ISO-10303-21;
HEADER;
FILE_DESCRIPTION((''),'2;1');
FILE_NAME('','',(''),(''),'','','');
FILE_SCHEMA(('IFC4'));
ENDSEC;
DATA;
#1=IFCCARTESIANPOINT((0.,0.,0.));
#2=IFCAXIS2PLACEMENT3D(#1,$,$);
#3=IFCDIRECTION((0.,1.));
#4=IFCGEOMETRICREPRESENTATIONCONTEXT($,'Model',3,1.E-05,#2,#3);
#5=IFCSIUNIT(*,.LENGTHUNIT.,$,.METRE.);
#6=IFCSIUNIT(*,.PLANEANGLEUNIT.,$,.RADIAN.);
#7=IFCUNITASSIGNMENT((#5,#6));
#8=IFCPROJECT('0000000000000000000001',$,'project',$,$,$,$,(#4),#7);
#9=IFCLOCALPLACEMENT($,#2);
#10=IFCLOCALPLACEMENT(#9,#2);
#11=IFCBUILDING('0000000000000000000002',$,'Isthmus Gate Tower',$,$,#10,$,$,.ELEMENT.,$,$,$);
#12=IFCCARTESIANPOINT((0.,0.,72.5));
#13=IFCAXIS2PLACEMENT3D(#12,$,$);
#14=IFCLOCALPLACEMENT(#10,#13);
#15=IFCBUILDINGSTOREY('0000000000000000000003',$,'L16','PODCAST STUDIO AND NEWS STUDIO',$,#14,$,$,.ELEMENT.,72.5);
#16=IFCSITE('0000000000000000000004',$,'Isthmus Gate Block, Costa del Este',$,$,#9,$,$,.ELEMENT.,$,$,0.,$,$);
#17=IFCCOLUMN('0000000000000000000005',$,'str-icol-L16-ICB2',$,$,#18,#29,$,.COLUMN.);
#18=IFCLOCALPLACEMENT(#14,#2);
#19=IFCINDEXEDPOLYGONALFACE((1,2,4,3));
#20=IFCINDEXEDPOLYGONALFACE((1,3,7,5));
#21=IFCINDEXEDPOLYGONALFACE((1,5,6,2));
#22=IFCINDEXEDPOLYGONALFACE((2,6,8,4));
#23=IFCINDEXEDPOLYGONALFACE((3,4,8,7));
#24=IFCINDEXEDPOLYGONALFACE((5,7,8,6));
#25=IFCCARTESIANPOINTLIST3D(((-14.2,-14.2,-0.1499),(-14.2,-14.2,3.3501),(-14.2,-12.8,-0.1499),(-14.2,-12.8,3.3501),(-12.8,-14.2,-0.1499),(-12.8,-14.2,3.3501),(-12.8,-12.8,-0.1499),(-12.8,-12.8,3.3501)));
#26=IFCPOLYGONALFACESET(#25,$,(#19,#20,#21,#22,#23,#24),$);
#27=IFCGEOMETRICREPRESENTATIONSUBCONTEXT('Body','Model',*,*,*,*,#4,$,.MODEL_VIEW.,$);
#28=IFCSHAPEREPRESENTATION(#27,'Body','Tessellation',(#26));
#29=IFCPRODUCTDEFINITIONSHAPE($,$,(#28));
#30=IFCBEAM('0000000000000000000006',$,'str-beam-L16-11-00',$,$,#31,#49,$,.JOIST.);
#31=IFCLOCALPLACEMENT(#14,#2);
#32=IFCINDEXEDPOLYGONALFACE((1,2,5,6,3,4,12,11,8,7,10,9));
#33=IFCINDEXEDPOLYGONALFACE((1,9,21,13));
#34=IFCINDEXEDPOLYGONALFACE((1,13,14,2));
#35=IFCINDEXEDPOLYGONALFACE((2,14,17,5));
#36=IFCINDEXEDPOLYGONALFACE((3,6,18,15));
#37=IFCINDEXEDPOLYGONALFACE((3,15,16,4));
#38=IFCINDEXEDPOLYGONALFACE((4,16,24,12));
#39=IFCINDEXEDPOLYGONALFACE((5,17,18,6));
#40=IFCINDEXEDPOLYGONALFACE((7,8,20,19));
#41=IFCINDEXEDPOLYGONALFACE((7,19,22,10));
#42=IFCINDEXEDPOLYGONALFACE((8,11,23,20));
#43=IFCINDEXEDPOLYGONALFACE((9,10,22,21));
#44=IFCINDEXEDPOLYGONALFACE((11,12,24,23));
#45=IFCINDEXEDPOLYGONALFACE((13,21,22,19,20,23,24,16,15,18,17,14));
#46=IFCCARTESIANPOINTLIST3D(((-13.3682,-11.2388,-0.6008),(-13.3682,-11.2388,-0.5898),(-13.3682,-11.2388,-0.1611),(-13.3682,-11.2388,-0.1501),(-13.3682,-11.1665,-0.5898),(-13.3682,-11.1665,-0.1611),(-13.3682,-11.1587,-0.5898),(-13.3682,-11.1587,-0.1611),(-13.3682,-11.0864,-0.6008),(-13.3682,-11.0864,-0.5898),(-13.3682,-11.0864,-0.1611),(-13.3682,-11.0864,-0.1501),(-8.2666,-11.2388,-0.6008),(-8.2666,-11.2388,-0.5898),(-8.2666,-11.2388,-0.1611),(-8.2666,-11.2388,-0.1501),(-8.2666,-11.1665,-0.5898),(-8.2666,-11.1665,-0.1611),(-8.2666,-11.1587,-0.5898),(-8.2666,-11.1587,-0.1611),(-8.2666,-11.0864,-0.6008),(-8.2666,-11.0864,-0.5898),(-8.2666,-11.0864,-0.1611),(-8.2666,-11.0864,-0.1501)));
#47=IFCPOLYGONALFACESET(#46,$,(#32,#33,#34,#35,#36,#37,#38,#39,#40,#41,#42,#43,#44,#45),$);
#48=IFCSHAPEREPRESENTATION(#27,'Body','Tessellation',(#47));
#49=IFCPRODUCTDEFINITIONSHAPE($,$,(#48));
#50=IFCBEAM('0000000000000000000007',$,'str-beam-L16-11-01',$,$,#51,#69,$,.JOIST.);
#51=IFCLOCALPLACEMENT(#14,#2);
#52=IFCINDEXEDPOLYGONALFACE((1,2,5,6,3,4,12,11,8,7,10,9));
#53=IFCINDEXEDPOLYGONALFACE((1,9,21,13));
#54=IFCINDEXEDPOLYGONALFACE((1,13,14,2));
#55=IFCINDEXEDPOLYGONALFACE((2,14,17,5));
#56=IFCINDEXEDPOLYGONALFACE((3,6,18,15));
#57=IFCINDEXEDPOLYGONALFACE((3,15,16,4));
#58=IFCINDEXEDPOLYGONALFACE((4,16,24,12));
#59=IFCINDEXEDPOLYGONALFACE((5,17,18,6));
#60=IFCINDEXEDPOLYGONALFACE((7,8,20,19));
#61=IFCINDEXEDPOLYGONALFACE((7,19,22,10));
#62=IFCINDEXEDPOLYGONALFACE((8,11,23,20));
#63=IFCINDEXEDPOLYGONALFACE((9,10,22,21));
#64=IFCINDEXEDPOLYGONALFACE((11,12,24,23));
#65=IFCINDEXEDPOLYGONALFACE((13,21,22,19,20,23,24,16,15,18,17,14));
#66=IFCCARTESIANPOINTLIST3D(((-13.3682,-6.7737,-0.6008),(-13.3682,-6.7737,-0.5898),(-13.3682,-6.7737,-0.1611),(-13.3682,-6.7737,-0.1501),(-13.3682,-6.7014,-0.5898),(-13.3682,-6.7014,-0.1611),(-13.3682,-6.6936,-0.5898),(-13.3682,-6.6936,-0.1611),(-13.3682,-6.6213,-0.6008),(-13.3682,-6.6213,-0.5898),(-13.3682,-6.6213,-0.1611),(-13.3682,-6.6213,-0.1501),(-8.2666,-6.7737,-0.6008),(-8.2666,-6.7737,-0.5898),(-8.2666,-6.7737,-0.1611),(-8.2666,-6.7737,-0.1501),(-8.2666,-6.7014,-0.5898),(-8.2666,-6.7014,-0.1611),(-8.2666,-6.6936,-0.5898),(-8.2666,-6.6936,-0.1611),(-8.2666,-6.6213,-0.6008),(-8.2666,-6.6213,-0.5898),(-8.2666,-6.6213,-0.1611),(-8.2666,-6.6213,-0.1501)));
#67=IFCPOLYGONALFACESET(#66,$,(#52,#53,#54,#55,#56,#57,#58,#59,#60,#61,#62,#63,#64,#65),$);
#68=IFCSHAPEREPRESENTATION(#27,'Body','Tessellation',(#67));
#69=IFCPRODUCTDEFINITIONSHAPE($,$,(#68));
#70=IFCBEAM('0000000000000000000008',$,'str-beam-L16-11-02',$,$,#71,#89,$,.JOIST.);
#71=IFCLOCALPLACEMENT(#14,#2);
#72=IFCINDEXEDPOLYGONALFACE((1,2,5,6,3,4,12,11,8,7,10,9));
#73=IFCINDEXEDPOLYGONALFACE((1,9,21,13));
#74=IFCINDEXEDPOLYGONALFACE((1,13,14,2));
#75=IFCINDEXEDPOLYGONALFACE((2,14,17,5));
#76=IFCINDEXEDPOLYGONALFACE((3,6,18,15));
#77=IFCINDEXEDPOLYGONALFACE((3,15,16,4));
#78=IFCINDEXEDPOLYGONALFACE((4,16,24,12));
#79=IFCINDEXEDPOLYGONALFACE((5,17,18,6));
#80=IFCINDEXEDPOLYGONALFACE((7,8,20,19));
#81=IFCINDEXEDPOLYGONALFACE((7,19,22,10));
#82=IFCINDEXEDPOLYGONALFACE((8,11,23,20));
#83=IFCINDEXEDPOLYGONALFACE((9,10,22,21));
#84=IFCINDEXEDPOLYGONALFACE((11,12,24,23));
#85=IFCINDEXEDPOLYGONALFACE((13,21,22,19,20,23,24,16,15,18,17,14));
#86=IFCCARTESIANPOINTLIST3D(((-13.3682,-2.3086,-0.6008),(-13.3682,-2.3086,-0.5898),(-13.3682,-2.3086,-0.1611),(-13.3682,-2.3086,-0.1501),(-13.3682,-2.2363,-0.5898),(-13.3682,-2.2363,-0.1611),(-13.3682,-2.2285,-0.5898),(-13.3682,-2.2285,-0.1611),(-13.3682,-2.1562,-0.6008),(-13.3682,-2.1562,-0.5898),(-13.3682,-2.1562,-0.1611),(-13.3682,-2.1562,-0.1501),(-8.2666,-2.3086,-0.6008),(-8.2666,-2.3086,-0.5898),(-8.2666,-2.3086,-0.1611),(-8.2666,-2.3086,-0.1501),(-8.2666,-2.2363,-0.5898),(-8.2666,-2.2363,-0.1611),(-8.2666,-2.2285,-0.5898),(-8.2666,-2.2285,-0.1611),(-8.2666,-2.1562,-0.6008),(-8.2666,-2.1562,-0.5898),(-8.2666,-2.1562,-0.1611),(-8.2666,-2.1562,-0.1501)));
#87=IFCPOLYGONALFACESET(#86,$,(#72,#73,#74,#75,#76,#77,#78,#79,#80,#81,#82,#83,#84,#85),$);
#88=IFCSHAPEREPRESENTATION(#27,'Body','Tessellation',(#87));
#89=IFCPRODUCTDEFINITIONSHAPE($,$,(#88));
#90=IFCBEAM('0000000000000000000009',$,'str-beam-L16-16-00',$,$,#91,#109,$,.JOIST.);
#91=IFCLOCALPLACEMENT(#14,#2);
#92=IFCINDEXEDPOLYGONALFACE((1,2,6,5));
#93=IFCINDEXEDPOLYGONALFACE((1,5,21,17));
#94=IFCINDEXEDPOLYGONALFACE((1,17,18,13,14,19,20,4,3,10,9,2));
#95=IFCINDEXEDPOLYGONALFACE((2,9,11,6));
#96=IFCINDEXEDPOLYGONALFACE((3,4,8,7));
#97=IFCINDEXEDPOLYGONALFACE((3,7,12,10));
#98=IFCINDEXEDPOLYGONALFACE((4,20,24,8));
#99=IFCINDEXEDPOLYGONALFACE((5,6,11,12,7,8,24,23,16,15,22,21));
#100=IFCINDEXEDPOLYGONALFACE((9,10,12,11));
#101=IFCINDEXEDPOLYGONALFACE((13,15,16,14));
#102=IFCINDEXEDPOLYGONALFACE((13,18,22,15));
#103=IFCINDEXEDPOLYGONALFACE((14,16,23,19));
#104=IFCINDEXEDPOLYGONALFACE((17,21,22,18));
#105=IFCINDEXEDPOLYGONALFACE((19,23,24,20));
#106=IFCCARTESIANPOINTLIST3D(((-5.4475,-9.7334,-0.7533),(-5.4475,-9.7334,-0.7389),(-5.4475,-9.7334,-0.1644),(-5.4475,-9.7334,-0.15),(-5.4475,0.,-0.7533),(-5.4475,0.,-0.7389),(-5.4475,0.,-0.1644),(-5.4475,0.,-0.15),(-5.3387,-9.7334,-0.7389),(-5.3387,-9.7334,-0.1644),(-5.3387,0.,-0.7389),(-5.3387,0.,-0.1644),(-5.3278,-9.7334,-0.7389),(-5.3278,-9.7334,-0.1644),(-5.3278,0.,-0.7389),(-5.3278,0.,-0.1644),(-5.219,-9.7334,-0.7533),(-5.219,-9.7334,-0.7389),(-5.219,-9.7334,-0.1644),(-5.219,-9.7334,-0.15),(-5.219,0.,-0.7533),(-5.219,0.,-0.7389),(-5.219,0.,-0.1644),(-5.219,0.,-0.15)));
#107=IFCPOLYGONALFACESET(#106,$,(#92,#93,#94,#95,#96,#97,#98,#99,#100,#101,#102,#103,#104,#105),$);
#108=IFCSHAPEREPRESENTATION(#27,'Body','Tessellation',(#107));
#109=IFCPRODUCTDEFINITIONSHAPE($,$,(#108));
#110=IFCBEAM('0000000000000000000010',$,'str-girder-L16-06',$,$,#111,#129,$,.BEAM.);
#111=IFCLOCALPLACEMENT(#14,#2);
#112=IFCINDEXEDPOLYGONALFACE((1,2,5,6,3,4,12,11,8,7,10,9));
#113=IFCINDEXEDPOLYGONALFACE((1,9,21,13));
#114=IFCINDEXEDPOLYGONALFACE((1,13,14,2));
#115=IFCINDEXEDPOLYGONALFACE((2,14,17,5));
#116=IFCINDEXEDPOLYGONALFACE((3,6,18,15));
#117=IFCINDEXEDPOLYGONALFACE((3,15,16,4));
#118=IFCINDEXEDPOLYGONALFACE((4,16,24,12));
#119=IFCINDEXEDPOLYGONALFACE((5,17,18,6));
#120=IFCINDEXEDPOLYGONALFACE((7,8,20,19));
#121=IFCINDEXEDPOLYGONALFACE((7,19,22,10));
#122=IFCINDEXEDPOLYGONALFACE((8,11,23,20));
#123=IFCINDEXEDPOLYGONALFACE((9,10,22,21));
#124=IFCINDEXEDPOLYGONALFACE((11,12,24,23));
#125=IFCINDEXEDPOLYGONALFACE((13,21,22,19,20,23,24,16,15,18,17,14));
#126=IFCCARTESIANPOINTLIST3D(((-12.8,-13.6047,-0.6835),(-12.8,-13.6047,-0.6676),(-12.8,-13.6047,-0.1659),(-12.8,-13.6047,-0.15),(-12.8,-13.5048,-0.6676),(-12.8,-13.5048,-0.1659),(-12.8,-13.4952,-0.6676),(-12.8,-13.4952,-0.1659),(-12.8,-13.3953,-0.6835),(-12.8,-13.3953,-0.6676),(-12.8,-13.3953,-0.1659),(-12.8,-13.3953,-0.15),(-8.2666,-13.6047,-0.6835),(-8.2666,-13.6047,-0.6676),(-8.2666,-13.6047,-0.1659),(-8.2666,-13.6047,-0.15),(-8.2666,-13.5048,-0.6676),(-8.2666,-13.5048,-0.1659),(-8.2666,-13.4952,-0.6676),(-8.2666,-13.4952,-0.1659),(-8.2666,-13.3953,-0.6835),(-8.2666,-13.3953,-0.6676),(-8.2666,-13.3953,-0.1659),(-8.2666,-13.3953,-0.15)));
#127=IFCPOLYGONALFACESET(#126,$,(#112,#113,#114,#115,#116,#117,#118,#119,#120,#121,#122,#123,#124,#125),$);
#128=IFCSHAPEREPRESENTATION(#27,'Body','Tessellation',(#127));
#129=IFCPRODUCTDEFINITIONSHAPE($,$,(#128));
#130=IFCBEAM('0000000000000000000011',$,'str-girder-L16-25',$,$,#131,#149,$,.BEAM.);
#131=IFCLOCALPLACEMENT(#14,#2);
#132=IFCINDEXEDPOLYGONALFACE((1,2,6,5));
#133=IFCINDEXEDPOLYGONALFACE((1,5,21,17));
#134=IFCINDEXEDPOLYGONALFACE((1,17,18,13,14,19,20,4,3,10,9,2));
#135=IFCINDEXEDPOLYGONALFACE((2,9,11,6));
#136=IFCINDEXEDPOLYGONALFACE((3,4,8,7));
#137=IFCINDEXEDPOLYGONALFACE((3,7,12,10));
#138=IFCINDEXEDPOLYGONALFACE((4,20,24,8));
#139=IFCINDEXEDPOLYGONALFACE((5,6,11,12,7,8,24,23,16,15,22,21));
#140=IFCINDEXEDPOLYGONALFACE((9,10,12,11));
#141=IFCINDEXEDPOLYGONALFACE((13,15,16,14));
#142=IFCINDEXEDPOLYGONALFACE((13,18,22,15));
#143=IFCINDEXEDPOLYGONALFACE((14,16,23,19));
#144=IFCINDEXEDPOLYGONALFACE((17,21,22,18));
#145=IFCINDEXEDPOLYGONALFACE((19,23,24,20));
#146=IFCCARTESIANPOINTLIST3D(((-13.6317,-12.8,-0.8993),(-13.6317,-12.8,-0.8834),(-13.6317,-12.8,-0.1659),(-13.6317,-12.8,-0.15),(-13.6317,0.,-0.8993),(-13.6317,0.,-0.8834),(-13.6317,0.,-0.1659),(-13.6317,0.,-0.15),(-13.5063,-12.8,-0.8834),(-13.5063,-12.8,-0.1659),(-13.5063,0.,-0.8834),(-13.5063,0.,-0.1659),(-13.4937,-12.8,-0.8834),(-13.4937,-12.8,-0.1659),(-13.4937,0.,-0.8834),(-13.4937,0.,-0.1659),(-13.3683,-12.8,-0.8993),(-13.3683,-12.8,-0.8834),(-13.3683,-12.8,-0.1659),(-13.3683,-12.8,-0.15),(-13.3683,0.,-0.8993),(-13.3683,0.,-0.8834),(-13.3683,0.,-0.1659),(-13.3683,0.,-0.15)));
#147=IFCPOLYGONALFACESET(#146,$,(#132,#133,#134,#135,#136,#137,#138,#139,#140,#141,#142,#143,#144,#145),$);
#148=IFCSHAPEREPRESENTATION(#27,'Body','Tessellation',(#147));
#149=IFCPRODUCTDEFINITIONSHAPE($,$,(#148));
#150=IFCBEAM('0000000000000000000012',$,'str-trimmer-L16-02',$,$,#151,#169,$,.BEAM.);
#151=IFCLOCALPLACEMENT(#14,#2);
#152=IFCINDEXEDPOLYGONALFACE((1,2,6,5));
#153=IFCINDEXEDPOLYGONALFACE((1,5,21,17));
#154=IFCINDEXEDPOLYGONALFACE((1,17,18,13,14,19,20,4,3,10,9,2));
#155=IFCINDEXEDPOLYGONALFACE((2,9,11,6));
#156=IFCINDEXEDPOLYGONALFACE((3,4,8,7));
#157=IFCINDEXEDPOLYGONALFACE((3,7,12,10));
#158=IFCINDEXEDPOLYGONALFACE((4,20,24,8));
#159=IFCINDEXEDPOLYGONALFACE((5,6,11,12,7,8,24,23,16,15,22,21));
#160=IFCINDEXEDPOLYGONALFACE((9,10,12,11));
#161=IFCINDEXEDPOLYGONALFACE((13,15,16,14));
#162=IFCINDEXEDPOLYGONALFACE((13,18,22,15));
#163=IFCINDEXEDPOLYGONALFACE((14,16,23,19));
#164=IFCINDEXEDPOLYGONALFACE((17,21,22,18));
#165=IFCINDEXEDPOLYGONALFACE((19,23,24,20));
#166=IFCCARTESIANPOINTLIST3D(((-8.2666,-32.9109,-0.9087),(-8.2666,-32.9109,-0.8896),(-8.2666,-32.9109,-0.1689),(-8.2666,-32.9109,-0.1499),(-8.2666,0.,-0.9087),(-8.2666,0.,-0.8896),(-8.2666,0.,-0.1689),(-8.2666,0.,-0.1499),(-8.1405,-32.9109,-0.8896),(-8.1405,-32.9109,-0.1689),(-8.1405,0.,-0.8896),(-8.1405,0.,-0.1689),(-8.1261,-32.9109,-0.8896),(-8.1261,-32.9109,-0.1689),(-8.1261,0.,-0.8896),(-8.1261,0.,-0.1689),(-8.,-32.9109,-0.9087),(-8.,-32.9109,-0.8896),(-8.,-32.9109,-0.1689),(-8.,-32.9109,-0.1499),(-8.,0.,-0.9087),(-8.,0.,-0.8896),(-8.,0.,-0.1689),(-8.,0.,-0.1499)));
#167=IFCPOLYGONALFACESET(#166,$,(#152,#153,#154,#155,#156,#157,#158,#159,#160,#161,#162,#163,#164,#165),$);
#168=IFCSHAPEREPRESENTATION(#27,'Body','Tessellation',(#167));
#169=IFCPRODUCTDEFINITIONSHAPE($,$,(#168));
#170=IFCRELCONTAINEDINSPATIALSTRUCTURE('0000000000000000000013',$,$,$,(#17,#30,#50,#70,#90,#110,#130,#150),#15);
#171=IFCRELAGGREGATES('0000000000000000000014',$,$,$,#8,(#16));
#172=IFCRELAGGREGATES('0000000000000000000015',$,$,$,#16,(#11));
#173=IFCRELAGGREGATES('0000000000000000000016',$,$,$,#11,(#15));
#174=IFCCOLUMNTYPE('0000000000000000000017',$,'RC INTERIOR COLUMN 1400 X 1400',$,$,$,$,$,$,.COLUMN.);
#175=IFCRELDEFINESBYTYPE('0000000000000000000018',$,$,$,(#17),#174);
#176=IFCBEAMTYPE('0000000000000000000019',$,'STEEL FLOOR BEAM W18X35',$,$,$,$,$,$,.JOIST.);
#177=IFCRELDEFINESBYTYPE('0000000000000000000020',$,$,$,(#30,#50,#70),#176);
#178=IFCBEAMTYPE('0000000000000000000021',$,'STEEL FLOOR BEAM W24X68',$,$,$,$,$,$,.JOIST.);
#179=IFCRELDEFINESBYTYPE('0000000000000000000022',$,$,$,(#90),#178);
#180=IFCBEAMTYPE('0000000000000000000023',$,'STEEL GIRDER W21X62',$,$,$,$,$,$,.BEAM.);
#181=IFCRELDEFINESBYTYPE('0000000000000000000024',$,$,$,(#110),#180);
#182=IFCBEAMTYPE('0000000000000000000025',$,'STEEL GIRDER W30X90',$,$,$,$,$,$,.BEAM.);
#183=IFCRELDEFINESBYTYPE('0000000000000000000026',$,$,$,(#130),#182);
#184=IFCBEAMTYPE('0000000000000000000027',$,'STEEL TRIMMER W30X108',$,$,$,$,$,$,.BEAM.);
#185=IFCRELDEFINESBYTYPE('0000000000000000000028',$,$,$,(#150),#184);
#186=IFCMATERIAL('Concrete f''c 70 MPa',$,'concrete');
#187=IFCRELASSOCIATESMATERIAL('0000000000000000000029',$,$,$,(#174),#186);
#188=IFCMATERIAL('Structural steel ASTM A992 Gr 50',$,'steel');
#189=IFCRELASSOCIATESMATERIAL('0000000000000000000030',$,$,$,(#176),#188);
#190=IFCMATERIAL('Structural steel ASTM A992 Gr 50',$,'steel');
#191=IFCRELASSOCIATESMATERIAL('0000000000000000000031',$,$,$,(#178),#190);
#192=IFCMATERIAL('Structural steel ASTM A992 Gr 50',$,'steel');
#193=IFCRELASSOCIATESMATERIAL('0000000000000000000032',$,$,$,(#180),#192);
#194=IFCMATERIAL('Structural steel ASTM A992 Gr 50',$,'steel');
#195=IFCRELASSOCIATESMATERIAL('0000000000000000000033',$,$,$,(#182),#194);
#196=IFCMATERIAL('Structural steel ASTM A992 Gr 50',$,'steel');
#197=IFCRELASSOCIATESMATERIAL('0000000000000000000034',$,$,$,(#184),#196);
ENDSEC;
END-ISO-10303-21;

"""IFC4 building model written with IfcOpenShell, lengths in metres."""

from ifc_helpers import new_model, si_unit, direction, frame, origin, origin_2d, place, context, subcontext, project, spatial, rectangle, i_section, extrude, material, material_profile, profile_set, type_object, element, save


model = new_model("IFC4")

# Units and contexts
model_context = context("Model", 3, precision=1e-05, world=origin(), true_north=direction((0.0, 1.0)))
body_context = subcontext(model_context, "Body", "Model", "MODEL_VIEW")
ifc_project = project(units=[si_unit("LENGTHUNIT", "METRE"), si_unit("PLANEANGLEUNIT", "RADIAN")], contexts=[model_context])

# Site, building, storey
site_placement = place(None, origin())
site = spatial("IfcSite", under=ifc_project, at=site_placement, Name="Isthmus Gate Block, Costa del Este", CompositionType="ELEMENT", RefElevation=0.0)
building_placement = place(site_placement, origin())
building = spatial("IfcBuilding", under=site, at=building_placement, Name="Isthmus Gate Tower", CompositionType="ELEMENT")
storey_placement = place(building_placement, frame((0.0, 0.0, 72.5)))
storey = spatial("IfcBuildingStorey", under=building, at=storey_placement, Name="L16", Description="PODCAST STUDIO AND NEWS STUDIO", CompositionType="ELEMENT", Elevation=72.5)

# Column
ifc_material_1 = material(Name="Concrete f'c 70 MPa", Category="concrete")
ifc_material_profile_1 = material_profile(ifc_material_1, rectangle(XDim=1.3999, YDim=1.3999, at=origin_2d()), Name="RC 1400X1400")
ifc_profile_set_1 = profile_set([ifc_material_profile_1], Name="Concrete f'c 70 MPa")
column_type = type_object("IfcColumnType", Name="RC INTERIOR COLUMN 1400 X 1400", PredefinedType="COLUMN", material=ifc_profile_set_1)
column_placement = place(storey_placement, frame((-13.5, -13.5, -0.1499), z_axis=(0.0, 0.0, 1.0), x_axis=(1.0, 0.0, 0.0)))
element("IfcColumn", 1, at=column_placement, inside=storey, type_object=column_type, Name="str-icol-L16-ICB2", PredefinedType="COLUMN", context=body_context, shape_type="SweptSolid", body=[
    extrude(rectangle(XDim=1.3999, YDim=1.3999, at=origin_2d()), origin(), (0.0, 0.0, 1.0), 3.5),
])

# Beams
ifc_material_2 = material(Name="Structural steel ASTM A992 Gr 50", Category="steel")
ifc_material_profile_2 = material_profile(ifc_material_2, i_section(OverallWidth=0.1523, OverallDepth=0.4507, WebThickness=0.0078, FlangeThickness=0.011, at=origin_2d()), Name="W18X35")
ifc_profile_set_2 = profile_set([ifc_material_profile_2], Name="Structural steel ASTM A992 Gr 50")
beam_type_1 = type_object("IfcBeamType", Name="STEEL FLOOR BEAM W18X35", PredefinedType="JOIST", material=ifc_profile_set_2)
for number, where, z_axis, x_axis, name in (
    (2, (-13.3682, -11.1626, -0.3755), (1.0, 0.0, 0.0), (0.0, 1.0, 0.0), "str-beam-L16-11-00"),
    (3, (-13.3682, -6.6975, -0.3755), (1.0, 0.0, 0.0), (0.0, 1.0, 0.0), "str-beam-L16-11-01"),
    (4, (-13.3682, -2.2324, -0.3755), (1.0, 0.0, 0.0), (0.0, 1.0, 0.0), "str-beam-L16-11-02"),
):
    element("IfcBeam", number, at=place(storey_placement, frame(where, z_axis=z_axis, x_axis=x_axis)), inside=storey, type_object=beam_type_1, Name=name, PredefinedType="JOIST", context=body_context, shape_type="SweptSolid", body=[
        extrude(i_section(OverallWidth=0.1523, OverallDepth=0.4507, WebThickness=0.0078, FlangeThickness=0.011, at=origin_2d()), origin(), (0.0, 0.0, 1.0), 5.1016),
    ])
ifc_material_3 = material(Name="Structural steel ASTM A992 Gr 50", Category="steel")
ifc_material_profile_3 = material_profile(ifc_material_3, i_section(OverallWidth=0.2285, OverallDepth=0.6033, WebThickness=0.011, FlangeThickness=0.0144, at=origin_2d()), Name="W24X68")
ifc_profile_set_3 = profile_set([ifc_material_profile_3], Name="Structural steel ASTM A992 Gr 50")
beam_type_2 = type_object("IfcBeamType", Name="STEEL FLOOR BEAM W24X68", PredefinedType="JOIST", material=ifc_profile_set_3)
beam_1_placement = place(storey_placement, frame((-5.3333, -9.7334, -0.4517), z_axis=(0.0, 1.0, 0.0), x_axis=(-1.0, 0.0, 0.0)))
element("IfcBeam", 5, at=beam_1_placement, inside=storey, type_object=beam_type_2, Name="str-beam-L16-16-00", PredefinedType="JOIST", context=body_context, shape_type="SweptSolid", body=[
    extrude(i_section(OverallWidth=0.2285, OverallDepth=0.6033, WebThickness=0.011, FlangeThickness=0.0144, at=origin_2d()), origin(), (0.0, 0.0, 1.0), 9.7334),
])
ifc_material_4 = material(Name="Structural steel ASTM A992 Gr 50", Category="steel")
ifc_material_profile_4 = material_profile(ifc_material_4, i_section(OverallWidth=0.2095, OverallDepth=0.5334, WebThickness=0.0095, FlangeThickness=0.0159, at=origin_2d()), Name="W21X62")
ifc_profile_set_4 = profile_set([ifc_material_profile_4], Name="Structural steel ASTM A992 Gr 50")
beam_type_3 = type_object("IfcBeamType", Name="STEEL GIRDER W21X62", PredefinedType="BEAM", material=ifc_profile_set_4)
beam_2_placement = place(storey_placement, frame((-12.8, -13.5, -0.4167), z_axis=(1.0, 0.0, 0.0), x_axis=(0.0, 1.0, 0.0)))
element("IfcBeam", 6, at=beam_2_placement, inside=storey, type_object=beam_type_3, Name="str-girder-L16-06", PredefinedType="BEAM", context=body_context, shape_type="SweptSolid", body=[
    extrude(i_section(OverallWidth=0.2095, OverallDepth=0.5334, WebThickness=0.0095, FlangeThickness=0.0159, at=origin_2d()), origin(), (0.0, 0.0, 1.0), 4.5334),
])
ifc_material_5 = material(Name="Structural steel ASTM A992 Gr 50", Category="steel")
ifc_material_profile_5 = material_profile(ifc_material_5, i_section(OverallWidth=0.2634, OverallDepth=0.7493, WebThickness=0.0127, FlangeThickness=0.0159, at=origin_2d()), Name="W30X90")
ifc_profile_set_5 = profile_set([ifc_material_profile_5], Name="Structural steel ASTM A992 Gr 50")
beam_type_4 = type_object("IfcBeamType", Name="STEEL GIRDER W30X90", PredefinedType="BEAM", material=ifc_profile_set_5)
beam_3_placement = place(storey_placement, frame((-13.5, -12.8, -0.5247), z_axis=(0.0, 1.0, 0.0), x_axis=(-1.0, 0.0, 0.0)))
element("IfcBeam", 7, at=beam_3_placement, inside=storey, type_object=beam_type_4, Name="str-girder-L16-25", PredefinedType="BEAM", context=body_context, shape_type="SweptSolid", body=[
    extrude(i_section(OverallWidth=0.2634, OverallDepth=0.7493, WebThickness=0.0127, FlangeThickness=0.0159, at=origin_2d()), origin(), (0.0, 0.0, 1.0), 12.8),
])
ifc_material_6 = material(Name="Structural steel ASTM A992 Gr 50", Category="steel")
ifc_material_profile_6 = material_profile(ifc_material_6, i_section(OverallWidth=0.2666, OverallDepth=0.7588, WebThickness=0.0144, FlangeThickness=0.019, at=origin_2d()), Name="W30X108")
ifc_profile_set_6 = profile_set([ifc_material_profile_6], Name="Structural steel ASTM A992 Gr 50")
beam_type_5 = type_object("IfcBeamType", Name="STEEL TRIMMER W30X108", PredefinedType="BEAM", material=ifc_profile_set_6)
beam_4_placement = place(storey_placement, frame((-8.1333, 0.0, -0.5293), z_axis=(0.0, -1.0, 0.0), x_axis=(1.0, 0.0, 0.0)))
element("IfcBeam", 8, at=beam_4_placement, inside=storey, type_object=beam_type_5, Name="str-trimmer-L16-02", PredefinedType="BEAM", context=body_context, shape_type="SweptSolid", body=[
    extrude(i_section(OverallWidth=0.2666, OverallDepth=0.7588, WebThickness=0.0144, FlangeThickness=0.019, at=origin_2d()), origin(), (0.0, 0.0, 1.0), 32.9109),
])

save(model, "model.ifc")
